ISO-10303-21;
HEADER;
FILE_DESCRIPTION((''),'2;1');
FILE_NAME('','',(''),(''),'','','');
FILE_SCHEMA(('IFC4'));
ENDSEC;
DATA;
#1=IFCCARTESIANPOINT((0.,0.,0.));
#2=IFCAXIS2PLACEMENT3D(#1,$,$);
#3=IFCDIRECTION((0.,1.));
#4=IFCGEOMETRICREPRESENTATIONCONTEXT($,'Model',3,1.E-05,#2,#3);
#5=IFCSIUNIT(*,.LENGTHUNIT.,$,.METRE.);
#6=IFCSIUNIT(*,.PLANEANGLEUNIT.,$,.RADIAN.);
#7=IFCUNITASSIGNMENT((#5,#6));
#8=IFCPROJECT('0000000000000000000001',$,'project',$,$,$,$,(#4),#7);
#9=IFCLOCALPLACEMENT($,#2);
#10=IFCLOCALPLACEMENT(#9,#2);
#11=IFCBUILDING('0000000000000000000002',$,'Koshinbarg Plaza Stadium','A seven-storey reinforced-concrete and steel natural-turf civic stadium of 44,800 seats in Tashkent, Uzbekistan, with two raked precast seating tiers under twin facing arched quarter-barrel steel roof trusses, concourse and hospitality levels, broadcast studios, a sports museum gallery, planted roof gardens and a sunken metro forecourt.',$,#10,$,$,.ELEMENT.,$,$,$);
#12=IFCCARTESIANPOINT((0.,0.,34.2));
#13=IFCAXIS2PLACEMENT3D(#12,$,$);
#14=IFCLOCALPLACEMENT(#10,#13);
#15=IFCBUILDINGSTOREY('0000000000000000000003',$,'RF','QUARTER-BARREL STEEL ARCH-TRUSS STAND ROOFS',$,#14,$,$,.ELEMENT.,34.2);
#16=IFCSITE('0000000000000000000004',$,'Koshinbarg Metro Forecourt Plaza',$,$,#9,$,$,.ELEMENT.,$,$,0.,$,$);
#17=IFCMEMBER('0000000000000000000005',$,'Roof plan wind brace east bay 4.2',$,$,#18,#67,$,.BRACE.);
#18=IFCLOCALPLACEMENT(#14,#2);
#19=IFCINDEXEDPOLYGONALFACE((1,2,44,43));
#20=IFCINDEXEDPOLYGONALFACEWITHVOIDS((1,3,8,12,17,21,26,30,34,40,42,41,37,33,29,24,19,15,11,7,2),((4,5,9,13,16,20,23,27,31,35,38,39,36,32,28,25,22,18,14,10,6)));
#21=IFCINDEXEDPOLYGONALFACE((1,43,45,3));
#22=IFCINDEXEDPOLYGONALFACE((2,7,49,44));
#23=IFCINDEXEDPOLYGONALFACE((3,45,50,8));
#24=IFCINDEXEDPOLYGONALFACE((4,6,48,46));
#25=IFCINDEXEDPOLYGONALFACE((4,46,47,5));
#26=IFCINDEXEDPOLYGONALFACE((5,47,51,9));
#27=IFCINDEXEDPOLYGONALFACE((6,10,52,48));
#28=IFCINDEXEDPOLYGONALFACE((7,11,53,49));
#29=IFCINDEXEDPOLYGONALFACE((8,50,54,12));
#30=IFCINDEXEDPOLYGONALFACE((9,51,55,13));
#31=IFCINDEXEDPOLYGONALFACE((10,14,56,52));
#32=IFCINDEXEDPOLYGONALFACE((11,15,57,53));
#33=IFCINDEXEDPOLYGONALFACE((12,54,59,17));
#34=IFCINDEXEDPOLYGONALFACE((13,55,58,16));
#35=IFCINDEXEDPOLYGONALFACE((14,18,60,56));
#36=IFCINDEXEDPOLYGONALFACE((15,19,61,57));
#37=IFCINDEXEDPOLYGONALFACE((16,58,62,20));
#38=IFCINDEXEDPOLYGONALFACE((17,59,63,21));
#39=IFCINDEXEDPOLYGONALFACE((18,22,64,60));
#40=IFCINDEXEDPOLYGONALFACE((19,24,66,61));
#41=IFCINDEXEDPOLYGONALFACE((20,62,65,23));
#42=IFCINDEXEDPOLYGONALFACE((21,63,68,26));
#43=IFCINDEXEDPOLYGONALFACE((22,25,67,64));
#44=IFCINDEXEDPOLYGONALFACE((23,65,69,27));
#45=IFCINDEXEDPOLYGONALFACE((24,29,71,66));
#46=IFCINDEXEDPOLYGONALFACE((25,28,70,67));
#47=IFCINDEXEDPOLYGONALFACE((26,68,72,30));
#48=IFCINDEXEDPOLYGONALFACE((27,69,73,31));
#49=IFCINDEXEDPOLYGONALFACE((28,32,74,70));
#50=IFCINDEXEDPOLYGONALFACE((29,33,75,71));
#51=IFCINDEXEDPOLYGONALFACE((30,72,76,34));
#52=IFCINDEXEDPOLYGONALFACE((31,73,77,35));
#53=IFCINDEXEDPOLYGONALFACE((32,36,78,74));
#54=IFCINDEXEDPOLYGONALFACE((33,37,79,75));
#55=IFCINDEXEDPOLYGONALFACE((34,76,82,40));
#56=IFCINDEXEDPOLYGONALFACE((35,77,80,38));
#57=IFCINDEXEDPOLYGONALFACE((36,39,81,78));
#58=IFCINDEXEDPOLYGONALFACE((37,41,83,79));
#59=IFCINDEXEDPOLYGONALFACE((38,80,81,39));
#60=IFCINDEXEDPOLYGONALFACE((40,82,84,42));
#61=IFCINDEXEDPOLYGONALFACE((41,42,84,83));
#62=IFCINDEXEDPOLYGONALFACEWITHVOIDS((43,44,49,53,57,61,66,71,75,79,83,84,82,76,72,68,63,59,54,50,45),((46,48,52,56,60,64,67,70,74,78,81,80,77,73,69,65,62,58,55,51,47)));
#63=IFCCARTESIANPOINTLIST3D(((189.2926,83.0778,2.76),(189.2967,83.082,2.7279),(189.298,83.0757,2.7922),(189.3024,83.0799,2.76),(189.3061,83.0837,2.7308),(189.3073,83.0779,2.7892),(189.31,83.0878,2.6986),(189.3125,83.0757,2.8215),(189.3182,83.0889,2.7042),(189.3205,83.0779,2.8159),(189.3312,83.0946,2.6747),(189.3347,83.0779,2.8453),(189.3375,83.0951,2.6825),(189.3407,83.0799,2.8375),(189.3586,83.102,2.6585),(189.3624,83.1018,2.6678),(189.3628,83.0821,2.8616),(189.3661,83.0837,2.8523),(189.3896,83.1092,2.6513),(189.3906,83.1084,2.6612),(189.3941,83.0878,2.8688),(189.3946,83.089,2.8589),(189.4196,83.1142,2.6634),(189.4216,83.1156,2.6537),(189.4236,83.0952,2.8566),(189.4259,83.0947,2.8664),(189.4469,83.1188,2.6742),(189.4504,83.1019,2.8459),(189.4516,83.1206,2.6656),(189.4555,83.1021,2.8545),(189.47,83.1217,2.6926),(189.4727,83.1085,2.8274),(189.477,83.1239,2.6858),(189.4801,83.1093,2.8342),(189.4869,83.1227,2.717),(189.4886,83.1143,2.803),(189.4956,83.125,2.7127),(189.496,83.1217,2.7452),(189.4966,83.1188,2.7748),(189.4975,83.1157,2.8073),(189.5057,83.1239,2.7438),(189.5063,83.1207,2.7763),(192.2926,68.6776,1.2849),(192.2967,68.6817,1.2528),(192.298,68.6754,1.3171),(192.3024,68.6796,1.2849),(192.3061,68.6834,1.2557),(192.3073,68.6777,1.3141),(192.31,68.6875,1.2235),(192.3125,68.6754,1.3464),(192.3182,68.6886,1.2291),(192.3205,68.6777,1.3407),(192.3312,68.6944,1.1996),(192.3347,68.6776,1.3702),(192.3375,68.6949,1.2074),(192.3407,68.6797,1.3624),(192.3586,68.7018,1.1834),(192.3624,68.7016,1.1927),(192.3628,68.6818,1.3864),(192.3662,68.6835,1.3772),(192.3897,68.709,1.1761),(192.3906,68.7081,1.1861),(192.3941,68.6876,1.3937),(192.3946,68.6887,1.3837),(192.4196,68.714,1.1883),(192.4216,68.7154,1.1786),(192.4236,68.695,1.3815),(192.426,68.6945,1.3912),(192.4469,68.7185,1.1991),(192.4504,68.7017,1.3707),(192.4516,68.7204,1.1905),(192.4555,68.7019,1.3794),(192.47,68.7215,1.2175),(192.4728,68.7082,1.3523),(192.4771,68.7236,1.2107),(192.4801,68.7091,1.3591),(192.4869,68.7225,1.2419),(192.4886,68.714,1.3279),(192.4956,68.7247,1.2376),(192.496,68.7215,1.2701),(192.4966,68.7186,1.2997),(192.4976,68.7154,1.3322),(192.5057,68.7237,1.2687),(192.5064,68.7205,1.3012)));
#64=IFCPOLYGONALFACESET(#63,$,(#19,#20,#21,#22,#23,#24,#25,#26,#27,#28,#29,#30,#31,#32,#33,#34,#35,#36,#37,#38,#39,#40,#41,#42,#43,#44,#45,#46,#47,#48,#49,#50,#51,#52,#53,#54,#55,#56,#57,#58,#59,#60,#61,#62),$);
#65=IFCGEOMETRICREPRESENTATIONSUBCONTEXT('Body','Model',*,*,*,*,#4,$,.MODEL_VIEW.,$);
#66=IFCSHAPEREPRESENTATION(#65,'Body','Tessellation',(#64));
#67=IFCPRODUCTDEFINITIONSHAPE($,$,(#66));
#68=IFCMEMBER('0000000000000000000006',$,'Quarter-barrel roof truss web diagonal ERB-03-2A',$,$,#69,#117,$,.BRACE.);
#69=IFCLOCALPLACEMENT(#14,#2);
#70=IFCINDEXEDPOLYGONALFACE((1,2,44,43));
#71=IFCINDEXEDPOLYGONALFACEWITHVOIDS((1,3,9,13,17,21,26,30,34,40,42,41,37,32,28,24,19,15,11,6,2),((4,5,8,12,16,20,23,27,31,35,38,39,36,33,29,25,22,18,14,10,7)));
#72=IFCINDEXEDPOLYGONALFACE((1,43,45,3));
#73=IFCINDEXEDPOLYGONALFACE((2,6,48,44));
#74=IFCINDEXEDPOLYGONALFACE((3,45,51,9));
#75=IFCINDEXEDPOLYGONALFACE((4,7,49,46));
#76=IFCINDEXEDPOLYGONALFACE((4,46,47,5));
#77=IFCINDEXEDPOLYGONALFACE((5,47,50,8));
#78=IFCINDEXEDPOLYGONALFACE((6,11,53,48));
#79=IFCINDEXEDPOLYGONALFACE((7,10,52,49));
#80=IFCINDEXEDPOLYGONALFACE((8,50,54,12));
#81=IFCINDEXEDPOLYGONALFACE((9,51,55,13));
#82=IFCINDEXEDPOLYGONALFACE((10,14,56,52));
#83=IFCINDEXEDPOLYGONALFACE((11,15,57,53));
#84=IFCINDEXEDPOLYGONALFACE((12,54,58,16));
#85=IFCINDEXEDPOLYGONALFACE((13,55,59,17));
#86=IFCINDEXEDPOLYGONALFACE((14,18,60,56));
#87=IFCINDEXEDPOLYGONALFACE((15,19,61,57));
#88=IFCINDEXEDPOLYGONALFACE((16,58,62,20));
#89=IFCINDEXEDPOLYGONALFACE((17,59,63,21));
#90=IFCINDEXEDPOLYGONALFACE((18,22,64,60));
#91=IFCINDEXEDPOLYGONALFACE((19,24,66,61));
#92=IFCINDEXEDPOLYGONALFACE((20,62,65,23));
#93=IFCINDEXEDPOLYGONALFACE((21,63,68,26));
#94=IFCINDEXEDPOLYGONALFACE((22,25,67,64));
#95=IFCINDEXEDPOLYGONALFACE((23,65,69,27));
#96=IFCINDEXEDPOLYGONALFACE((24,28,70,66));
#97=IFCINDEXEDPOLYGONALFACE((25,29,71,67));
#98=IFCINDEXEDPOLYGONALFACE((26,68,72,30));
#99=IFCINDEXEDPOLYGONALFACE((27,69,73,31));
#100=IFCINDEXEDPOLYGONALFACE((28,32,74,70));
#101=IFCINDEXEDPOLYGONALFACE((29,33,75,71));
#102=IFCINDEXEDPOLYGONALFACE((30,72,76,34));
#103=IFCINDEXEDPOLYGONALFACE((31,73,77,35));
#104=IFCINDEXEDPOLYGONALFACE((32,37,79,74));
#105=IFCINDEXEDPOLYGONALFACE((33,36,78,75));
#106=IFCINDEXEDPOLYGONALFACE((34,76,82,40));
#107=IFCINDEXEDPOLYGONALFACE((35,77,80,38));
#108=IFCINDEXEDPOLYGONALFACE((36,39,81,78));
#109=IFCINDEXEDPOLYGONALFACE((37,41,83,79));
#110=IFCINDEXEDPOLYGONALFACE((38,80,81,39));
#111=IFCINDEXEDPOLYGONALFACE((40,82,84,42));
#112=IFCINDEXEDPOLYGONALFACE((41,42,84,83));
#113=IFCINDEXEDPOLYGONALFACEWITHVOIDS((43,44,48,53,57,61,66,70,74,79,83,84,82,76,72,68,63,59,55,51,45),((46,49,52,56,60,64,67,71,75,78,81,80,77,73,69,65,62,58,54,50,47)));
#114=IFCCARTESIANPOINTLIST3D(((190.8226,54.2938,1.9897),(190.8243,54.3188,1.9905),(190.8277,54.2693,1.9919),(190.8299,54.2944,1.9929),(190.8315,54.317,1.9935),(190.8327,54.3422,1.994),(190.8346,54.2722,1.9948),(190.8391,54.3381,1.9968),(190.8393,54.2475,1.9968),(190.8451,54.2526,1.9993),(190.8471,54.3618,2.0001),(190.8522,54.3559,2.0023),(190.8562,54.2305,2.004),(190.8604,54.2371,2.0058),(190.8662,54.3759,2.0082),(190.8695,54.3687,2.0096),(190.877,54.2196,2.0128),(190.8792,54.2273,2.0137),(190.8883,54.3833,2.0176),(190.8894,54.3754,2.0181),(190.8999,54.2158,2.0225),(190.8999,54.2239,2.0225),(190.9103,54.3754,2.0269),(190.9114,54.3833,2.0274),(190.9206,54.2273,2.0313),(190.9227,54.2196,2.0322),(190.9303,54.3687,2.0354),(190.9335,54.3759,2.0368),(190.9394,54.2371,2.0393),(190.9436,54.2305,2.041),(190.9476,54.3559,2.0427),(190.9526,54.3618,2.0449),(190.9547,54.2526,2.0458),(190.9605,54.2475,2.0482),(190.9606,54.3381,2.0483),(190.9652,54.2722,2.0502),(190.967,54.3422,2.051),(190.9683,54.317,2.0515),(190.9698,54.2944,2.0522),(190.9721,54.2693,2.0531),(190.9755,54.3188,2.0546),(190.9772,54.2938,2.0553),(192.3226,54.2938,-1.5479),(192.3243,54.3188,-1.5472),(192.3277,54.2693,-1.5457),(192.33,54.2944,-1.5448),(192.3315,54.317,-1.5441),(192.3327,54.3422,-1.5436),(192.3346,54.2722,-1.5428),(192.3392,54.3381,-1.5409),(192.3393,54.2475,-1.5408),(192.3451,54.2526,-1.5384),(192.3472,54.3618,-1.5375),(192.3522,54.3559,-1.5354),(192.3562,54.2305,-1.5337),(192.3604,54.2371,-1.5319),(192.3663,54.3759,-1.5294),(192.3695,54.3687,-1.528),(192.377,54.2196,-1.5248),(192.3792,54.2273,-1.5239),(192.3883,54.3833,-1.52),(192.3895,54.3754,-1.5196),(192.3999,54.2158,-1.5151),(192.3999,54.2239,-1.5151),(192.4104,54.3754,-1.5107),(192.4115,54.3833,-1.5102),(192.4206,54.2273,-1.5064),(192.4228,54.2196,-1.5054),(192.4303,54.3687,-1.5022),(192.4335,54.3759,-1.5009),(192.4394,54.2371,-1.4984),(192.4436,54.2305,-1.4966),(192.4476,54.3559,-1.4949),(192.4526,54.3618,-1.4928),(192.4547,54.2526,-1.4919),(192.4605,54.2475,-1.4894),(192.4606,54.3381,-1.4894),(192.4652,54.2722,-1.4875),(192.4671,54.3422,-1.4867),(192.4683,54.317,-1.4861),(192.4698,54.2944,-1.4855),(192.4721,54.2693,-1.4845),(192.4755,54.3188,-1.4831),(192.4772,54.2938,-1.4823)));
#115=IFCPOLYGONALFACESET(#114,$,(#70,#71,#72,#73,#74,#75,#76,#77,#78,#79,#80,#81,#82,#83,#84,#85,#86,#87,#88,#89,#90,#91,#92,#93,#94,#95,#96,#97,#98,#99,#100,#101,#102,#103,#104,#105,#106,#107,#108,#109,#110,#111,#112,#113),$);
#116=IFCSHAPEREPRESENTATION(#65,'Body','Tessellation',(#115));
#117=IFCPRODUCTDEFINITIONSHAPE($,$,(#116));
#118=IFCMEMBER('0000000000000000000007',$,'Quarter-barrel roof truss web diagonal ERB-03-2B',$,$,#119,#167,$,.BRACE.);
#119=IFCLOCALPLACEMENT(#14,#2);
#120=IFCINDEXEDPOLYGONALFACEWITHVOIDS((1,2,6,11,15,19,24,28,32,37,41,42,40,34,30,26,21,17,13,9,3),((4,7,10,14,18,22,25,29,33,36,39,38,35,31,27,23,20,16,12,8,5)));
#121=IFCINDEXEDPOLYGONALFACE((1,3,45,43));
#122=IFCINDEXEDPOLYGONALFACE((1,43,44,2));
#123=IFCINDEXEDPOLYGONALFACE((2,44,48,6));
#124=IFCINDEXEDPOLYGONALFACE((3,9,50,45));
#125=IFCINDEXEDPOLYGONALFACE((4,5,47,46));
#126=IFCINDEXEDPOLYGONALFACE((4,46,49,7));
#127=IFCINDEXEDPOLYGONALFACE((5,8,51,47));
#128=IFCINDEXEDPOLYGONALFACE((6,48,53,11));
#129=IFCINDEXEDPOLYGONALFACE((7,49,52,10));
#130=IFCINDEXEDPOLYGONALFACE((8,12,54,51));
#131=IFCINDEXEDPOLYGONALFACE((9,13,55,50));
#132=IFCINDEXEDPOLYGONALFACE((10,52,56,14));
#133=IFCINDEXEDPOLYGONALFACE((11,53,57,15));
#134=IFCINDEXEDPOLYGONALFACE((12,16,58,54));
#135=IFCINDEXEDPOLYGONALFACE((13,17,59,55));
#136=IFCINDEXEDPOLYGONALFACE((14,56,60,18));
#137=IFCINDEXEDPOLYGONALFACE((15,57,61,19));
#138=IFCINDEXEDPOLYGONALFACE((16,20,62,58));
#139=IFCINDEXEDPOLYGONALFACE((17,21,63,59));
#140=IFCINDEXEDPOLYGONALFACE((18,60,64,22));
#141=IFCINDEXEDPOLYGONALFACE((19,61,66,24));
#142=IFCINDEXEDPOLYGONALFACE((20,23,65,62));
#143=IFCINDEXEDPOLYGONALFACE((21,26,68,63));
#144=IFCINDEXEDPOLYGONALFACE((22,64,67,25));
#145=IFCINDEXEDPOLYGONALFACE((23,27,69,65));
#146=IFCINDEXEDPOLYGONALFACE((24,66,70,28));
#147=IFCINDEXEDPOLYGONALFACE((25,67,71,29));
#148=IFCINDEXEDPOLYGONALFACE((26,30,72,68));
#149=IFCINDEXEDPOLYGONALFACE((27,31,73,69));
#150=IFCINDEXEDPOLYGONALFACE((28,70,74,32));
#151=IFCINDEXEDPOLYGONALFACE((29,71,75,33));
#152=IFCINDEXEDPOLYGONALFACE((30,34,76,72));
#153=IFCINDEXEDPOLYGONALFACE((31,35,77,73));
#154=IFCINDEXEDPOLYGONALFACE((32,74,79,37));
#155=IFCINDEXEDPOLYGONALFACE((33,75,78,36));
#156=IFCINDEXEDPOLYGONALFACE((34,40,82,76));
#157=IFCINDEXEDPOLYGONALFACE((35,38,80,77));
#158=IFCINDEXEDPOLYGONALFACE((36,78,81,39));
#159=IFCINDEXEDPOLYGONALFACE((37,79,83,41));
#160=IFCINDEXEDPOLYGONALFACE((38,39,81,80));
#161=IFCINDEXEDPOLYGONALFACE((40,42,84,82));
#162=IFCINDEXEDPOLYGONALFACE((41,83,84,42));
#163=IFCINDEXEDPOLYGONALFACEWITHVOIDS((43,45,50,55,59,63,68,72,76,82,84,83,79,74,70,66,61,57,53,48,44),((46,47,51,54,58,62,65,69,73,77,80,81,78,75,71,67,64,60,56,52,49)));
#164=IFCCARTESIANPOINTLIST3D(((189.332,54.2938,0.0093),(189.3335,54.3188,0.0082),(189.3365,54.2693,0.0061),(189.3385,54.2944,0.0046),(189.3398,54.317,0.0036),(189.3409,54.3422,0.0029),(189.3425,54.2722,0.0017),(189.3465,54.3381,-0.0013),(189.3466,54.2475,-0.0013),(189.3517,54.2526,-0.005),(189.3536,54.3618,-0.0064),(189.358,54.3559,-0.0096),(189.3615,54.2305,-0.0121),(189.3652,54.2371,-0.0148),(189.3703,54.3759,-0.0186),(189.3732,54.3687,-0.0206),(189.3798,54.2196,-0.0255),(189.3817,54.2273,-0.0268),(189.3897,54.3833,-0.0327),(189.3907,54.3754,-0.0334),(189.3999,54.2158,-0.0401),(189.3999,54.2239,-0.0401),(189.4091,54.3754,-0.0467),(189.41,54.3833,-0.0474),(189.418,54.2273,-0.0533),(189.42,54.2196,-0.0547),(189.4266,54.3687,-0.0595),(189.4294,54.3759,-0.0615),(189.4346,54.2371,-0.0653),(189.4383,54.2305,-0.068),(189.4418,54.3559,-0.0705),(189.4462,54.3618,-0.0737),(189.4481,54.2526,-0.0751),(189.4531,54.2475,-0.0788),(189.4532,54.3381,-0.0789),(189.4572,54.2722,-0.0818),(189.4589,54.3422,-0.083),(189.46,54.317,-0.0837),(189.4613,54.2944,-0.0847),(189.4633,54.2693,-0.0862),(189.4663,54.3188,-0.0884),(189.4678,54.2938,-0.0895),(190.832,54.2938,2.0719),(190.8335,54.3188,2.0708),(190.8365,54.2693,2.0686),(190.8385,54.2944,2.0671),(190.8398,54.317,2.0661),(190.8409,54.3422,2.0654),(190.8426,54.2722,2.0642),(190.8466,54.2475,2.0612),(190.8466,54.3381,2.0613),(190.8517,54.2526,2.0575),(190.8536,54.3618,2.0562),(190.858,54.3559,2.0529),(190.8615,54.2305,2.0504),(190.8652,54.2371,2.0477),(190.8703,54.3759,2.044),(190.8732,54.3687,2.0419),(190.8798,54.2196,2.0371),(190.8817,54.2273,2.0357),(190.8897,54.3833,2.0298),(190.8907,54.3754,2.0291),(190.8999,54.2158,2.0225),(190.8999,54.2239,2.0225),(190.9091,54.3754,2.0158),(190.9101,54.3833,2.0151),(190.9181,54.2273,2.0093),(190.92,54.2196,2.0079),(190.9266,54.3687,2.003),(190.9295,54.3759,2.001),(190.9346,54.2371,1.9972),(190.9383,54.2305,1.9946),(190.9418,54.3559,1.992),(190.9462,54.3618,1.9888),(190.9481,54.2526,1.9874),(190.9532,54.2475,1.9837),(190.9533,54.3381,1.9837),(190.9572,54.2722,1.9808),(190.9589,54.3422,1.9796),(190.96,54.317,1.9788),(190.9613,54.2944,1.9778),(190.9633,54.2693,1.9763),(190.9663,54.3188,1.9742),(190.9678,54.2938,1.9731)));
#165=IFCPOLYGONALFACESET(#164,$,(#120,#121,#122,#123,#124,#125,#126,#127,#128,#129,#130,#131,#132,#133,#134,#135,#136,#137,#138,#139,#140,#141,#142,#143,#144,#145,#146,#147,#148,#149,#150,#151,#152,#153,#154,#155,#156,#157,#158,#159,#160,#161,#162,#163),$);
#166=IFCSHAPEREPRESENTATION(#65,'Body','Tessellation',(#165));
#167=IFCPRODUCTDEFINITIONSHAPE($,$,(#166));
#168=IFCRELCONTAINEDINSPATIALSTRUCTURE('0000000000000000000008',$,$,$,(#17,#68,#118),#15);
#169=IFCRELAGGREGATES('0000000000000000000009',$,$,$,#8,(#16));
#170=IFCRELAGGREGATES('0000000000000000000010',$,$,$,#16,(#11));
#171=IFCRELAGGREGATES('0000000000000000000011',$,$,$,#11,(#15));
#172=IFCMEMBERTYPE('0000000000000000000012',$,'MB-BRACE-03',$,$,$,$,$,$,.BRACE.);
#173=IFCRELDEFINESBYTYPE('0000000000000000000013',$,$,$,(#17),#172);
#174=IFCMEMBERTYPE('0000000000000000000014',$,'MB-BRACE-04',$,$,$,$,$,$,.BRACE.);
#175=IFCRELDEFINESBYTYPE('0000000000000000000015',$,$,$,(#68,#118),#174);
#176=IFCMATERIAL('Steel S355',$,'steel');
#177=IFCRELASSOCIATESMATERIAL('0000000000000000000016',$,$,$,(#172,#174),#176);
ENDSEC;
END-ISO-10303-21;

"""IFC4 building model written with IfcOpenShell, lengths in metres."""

from ifc_helpers import new_model, si_unit, direction, frame, origin, origin_2d, place, context, subcontext, project, spatial, hollow_circle, extrude, material, material_profile, profile_set, type_object, element, save


model = new_model("IFC4")

# Units and contexts
model_context = context("Model", 3, precision=1e-05, world=origin(), true_north=direction((0.0, 1.0)))
body_context = subcontext(model_context, "Body", "Model", "MODEL_VIEW")
ifc_project = project(units=[si_unit("LENGTHUNIT", "METRE"), si_unit("PLANEANGLEUNIT", "RADIAN")], contexts=[model_context])

# Site, building, storey
site_placement = place(None, origin())
site = spatial("IfcSite", under=ifc_project, at=site_placement, Name="Koshinbarg Metro Forecourt Plaza", CompositionType="ELEMENT", RefElevation=0.0)
building_placement = place(site_placement, origin())
building = spatial("IfcBuilding", under=site, at=building_placement, Name="Koshinbarg Plaza Stadium", Description="A seven-storey reinforced-concrete and steel natural-turf civic stadium of 44,800 seats in Tashkent, Uzbekistan, with two raked precast seating tiers under twin facing arched quarter-barrel steel roof trusses, concourse and hospitality levels, broadcast studios, a sports museum gallery, planted roof gardens and a sunken metro forecourt.", CompositionType="ELEMENT")
storey_placement = place(building_placement, frame((0.0, 0.0, 34.2)))
storey = spatial("IfcBuildingStorey", under=building, at=storey_placement, Name="RF", Description="QUARTER-BARREL STEEL ARCH-TRUSS STAND ROOFS", CompositionType="ELEMENT", Elevation=34.2)

# Members
ifc_material_1 = material(Name="Steel S355", Category="steel")
ifc_material_profile_1 = material_profile(ifc_material_1, hollow_circle(Radius=0.1096, WallThickness=0.01, at=origin_2d()), Name="CHS 219.1x10")
ifc_profile_set_1 = profile_set([ifc_material_profile_1], Name="Steel S355")
member_type_1 = type_object("IfcMemberType", Name="MB-BRACE-03", PredefinedType="BRACE", material=ifc_profile_set_1)
member_1_placement = place(storey_placement, frame((192.3999, 68.7, 1.2849), z_axis=(-0.202934, 0.974095, 0.099783), x_axis=(-0.978981, -0.203952, 0.0)))
element("IfcMember", 1, at=member_1_placement, inside=storey, type_object=member_type_1, Name="Roof plan wind brace east bay 4.2", PredefinedType="BRACE", context=body_context, shape_type="SweptSolid", body=[
    extrude(hollow_circle(Radius=0.1096, WallThickness=0.01, at=origin_2d()), origin(), (0.0, 0.0, 1.0), 14.7832),
])
ifc_material_profile_2 = material_profile(ifc_material_1, hollow_circle(Radius=0.0842, WallThickness=0.0081, at=origin_2d()), Name="CHS 168.3x8")
ifc_profile_set_2 = profile_set([ifc_material_profile_2], Name="Steel S355")
member_type_2 = type_object("IfcMemberType", Name="MB-BRACE-04", PredefinedType="BRACE", material=ifc_profile_set_2)
member_2_placement = place(storey_placement, frame((192.3999, 54.3, -1.5151), z_axis=(-0.390374, 0.0, 0.920657), x_axis=(0.0, -1.0, 0.0)))
element("IfcMember", 2, at=member_2_placement, inside=storey, type_object=member_type_2, Name="Quarter-barrel roof truss web diagonal ERB-03-2A", PredefinedType="BRACE", context=body_context, shape_type="SweptSolid", body=[
    extrude(hollow_circle(Radius=0.0842, WallThickness=0.0081, at=origin_2d()), origin(), (0.0, 0.0, 1.0), 3.8425),
])
member_3_placement = place(storey_placement, frame((190.8999, 54.3, 2.0225), z_axis=(-0.588172, 0.0, -0.808736), x_axis=(0.0, -1.0, 0.0)))
element("IfcMember", 3, at=member_3_placement, inside=storey, type_object=member_type_2, Name="Quarter-barrel roof truss web diagonal ERB-03-2B", PredefinedType="BRACE", context=body_context, shape_type="SweptSolid", body=[
    extrude(hollow_circle(Radius=0.0842, WallThickness=0.0081, at=origin_2d()), origin(), (0.0, 0.0, 1.0), 2.5503),
])

save(model, "model.ifc")
